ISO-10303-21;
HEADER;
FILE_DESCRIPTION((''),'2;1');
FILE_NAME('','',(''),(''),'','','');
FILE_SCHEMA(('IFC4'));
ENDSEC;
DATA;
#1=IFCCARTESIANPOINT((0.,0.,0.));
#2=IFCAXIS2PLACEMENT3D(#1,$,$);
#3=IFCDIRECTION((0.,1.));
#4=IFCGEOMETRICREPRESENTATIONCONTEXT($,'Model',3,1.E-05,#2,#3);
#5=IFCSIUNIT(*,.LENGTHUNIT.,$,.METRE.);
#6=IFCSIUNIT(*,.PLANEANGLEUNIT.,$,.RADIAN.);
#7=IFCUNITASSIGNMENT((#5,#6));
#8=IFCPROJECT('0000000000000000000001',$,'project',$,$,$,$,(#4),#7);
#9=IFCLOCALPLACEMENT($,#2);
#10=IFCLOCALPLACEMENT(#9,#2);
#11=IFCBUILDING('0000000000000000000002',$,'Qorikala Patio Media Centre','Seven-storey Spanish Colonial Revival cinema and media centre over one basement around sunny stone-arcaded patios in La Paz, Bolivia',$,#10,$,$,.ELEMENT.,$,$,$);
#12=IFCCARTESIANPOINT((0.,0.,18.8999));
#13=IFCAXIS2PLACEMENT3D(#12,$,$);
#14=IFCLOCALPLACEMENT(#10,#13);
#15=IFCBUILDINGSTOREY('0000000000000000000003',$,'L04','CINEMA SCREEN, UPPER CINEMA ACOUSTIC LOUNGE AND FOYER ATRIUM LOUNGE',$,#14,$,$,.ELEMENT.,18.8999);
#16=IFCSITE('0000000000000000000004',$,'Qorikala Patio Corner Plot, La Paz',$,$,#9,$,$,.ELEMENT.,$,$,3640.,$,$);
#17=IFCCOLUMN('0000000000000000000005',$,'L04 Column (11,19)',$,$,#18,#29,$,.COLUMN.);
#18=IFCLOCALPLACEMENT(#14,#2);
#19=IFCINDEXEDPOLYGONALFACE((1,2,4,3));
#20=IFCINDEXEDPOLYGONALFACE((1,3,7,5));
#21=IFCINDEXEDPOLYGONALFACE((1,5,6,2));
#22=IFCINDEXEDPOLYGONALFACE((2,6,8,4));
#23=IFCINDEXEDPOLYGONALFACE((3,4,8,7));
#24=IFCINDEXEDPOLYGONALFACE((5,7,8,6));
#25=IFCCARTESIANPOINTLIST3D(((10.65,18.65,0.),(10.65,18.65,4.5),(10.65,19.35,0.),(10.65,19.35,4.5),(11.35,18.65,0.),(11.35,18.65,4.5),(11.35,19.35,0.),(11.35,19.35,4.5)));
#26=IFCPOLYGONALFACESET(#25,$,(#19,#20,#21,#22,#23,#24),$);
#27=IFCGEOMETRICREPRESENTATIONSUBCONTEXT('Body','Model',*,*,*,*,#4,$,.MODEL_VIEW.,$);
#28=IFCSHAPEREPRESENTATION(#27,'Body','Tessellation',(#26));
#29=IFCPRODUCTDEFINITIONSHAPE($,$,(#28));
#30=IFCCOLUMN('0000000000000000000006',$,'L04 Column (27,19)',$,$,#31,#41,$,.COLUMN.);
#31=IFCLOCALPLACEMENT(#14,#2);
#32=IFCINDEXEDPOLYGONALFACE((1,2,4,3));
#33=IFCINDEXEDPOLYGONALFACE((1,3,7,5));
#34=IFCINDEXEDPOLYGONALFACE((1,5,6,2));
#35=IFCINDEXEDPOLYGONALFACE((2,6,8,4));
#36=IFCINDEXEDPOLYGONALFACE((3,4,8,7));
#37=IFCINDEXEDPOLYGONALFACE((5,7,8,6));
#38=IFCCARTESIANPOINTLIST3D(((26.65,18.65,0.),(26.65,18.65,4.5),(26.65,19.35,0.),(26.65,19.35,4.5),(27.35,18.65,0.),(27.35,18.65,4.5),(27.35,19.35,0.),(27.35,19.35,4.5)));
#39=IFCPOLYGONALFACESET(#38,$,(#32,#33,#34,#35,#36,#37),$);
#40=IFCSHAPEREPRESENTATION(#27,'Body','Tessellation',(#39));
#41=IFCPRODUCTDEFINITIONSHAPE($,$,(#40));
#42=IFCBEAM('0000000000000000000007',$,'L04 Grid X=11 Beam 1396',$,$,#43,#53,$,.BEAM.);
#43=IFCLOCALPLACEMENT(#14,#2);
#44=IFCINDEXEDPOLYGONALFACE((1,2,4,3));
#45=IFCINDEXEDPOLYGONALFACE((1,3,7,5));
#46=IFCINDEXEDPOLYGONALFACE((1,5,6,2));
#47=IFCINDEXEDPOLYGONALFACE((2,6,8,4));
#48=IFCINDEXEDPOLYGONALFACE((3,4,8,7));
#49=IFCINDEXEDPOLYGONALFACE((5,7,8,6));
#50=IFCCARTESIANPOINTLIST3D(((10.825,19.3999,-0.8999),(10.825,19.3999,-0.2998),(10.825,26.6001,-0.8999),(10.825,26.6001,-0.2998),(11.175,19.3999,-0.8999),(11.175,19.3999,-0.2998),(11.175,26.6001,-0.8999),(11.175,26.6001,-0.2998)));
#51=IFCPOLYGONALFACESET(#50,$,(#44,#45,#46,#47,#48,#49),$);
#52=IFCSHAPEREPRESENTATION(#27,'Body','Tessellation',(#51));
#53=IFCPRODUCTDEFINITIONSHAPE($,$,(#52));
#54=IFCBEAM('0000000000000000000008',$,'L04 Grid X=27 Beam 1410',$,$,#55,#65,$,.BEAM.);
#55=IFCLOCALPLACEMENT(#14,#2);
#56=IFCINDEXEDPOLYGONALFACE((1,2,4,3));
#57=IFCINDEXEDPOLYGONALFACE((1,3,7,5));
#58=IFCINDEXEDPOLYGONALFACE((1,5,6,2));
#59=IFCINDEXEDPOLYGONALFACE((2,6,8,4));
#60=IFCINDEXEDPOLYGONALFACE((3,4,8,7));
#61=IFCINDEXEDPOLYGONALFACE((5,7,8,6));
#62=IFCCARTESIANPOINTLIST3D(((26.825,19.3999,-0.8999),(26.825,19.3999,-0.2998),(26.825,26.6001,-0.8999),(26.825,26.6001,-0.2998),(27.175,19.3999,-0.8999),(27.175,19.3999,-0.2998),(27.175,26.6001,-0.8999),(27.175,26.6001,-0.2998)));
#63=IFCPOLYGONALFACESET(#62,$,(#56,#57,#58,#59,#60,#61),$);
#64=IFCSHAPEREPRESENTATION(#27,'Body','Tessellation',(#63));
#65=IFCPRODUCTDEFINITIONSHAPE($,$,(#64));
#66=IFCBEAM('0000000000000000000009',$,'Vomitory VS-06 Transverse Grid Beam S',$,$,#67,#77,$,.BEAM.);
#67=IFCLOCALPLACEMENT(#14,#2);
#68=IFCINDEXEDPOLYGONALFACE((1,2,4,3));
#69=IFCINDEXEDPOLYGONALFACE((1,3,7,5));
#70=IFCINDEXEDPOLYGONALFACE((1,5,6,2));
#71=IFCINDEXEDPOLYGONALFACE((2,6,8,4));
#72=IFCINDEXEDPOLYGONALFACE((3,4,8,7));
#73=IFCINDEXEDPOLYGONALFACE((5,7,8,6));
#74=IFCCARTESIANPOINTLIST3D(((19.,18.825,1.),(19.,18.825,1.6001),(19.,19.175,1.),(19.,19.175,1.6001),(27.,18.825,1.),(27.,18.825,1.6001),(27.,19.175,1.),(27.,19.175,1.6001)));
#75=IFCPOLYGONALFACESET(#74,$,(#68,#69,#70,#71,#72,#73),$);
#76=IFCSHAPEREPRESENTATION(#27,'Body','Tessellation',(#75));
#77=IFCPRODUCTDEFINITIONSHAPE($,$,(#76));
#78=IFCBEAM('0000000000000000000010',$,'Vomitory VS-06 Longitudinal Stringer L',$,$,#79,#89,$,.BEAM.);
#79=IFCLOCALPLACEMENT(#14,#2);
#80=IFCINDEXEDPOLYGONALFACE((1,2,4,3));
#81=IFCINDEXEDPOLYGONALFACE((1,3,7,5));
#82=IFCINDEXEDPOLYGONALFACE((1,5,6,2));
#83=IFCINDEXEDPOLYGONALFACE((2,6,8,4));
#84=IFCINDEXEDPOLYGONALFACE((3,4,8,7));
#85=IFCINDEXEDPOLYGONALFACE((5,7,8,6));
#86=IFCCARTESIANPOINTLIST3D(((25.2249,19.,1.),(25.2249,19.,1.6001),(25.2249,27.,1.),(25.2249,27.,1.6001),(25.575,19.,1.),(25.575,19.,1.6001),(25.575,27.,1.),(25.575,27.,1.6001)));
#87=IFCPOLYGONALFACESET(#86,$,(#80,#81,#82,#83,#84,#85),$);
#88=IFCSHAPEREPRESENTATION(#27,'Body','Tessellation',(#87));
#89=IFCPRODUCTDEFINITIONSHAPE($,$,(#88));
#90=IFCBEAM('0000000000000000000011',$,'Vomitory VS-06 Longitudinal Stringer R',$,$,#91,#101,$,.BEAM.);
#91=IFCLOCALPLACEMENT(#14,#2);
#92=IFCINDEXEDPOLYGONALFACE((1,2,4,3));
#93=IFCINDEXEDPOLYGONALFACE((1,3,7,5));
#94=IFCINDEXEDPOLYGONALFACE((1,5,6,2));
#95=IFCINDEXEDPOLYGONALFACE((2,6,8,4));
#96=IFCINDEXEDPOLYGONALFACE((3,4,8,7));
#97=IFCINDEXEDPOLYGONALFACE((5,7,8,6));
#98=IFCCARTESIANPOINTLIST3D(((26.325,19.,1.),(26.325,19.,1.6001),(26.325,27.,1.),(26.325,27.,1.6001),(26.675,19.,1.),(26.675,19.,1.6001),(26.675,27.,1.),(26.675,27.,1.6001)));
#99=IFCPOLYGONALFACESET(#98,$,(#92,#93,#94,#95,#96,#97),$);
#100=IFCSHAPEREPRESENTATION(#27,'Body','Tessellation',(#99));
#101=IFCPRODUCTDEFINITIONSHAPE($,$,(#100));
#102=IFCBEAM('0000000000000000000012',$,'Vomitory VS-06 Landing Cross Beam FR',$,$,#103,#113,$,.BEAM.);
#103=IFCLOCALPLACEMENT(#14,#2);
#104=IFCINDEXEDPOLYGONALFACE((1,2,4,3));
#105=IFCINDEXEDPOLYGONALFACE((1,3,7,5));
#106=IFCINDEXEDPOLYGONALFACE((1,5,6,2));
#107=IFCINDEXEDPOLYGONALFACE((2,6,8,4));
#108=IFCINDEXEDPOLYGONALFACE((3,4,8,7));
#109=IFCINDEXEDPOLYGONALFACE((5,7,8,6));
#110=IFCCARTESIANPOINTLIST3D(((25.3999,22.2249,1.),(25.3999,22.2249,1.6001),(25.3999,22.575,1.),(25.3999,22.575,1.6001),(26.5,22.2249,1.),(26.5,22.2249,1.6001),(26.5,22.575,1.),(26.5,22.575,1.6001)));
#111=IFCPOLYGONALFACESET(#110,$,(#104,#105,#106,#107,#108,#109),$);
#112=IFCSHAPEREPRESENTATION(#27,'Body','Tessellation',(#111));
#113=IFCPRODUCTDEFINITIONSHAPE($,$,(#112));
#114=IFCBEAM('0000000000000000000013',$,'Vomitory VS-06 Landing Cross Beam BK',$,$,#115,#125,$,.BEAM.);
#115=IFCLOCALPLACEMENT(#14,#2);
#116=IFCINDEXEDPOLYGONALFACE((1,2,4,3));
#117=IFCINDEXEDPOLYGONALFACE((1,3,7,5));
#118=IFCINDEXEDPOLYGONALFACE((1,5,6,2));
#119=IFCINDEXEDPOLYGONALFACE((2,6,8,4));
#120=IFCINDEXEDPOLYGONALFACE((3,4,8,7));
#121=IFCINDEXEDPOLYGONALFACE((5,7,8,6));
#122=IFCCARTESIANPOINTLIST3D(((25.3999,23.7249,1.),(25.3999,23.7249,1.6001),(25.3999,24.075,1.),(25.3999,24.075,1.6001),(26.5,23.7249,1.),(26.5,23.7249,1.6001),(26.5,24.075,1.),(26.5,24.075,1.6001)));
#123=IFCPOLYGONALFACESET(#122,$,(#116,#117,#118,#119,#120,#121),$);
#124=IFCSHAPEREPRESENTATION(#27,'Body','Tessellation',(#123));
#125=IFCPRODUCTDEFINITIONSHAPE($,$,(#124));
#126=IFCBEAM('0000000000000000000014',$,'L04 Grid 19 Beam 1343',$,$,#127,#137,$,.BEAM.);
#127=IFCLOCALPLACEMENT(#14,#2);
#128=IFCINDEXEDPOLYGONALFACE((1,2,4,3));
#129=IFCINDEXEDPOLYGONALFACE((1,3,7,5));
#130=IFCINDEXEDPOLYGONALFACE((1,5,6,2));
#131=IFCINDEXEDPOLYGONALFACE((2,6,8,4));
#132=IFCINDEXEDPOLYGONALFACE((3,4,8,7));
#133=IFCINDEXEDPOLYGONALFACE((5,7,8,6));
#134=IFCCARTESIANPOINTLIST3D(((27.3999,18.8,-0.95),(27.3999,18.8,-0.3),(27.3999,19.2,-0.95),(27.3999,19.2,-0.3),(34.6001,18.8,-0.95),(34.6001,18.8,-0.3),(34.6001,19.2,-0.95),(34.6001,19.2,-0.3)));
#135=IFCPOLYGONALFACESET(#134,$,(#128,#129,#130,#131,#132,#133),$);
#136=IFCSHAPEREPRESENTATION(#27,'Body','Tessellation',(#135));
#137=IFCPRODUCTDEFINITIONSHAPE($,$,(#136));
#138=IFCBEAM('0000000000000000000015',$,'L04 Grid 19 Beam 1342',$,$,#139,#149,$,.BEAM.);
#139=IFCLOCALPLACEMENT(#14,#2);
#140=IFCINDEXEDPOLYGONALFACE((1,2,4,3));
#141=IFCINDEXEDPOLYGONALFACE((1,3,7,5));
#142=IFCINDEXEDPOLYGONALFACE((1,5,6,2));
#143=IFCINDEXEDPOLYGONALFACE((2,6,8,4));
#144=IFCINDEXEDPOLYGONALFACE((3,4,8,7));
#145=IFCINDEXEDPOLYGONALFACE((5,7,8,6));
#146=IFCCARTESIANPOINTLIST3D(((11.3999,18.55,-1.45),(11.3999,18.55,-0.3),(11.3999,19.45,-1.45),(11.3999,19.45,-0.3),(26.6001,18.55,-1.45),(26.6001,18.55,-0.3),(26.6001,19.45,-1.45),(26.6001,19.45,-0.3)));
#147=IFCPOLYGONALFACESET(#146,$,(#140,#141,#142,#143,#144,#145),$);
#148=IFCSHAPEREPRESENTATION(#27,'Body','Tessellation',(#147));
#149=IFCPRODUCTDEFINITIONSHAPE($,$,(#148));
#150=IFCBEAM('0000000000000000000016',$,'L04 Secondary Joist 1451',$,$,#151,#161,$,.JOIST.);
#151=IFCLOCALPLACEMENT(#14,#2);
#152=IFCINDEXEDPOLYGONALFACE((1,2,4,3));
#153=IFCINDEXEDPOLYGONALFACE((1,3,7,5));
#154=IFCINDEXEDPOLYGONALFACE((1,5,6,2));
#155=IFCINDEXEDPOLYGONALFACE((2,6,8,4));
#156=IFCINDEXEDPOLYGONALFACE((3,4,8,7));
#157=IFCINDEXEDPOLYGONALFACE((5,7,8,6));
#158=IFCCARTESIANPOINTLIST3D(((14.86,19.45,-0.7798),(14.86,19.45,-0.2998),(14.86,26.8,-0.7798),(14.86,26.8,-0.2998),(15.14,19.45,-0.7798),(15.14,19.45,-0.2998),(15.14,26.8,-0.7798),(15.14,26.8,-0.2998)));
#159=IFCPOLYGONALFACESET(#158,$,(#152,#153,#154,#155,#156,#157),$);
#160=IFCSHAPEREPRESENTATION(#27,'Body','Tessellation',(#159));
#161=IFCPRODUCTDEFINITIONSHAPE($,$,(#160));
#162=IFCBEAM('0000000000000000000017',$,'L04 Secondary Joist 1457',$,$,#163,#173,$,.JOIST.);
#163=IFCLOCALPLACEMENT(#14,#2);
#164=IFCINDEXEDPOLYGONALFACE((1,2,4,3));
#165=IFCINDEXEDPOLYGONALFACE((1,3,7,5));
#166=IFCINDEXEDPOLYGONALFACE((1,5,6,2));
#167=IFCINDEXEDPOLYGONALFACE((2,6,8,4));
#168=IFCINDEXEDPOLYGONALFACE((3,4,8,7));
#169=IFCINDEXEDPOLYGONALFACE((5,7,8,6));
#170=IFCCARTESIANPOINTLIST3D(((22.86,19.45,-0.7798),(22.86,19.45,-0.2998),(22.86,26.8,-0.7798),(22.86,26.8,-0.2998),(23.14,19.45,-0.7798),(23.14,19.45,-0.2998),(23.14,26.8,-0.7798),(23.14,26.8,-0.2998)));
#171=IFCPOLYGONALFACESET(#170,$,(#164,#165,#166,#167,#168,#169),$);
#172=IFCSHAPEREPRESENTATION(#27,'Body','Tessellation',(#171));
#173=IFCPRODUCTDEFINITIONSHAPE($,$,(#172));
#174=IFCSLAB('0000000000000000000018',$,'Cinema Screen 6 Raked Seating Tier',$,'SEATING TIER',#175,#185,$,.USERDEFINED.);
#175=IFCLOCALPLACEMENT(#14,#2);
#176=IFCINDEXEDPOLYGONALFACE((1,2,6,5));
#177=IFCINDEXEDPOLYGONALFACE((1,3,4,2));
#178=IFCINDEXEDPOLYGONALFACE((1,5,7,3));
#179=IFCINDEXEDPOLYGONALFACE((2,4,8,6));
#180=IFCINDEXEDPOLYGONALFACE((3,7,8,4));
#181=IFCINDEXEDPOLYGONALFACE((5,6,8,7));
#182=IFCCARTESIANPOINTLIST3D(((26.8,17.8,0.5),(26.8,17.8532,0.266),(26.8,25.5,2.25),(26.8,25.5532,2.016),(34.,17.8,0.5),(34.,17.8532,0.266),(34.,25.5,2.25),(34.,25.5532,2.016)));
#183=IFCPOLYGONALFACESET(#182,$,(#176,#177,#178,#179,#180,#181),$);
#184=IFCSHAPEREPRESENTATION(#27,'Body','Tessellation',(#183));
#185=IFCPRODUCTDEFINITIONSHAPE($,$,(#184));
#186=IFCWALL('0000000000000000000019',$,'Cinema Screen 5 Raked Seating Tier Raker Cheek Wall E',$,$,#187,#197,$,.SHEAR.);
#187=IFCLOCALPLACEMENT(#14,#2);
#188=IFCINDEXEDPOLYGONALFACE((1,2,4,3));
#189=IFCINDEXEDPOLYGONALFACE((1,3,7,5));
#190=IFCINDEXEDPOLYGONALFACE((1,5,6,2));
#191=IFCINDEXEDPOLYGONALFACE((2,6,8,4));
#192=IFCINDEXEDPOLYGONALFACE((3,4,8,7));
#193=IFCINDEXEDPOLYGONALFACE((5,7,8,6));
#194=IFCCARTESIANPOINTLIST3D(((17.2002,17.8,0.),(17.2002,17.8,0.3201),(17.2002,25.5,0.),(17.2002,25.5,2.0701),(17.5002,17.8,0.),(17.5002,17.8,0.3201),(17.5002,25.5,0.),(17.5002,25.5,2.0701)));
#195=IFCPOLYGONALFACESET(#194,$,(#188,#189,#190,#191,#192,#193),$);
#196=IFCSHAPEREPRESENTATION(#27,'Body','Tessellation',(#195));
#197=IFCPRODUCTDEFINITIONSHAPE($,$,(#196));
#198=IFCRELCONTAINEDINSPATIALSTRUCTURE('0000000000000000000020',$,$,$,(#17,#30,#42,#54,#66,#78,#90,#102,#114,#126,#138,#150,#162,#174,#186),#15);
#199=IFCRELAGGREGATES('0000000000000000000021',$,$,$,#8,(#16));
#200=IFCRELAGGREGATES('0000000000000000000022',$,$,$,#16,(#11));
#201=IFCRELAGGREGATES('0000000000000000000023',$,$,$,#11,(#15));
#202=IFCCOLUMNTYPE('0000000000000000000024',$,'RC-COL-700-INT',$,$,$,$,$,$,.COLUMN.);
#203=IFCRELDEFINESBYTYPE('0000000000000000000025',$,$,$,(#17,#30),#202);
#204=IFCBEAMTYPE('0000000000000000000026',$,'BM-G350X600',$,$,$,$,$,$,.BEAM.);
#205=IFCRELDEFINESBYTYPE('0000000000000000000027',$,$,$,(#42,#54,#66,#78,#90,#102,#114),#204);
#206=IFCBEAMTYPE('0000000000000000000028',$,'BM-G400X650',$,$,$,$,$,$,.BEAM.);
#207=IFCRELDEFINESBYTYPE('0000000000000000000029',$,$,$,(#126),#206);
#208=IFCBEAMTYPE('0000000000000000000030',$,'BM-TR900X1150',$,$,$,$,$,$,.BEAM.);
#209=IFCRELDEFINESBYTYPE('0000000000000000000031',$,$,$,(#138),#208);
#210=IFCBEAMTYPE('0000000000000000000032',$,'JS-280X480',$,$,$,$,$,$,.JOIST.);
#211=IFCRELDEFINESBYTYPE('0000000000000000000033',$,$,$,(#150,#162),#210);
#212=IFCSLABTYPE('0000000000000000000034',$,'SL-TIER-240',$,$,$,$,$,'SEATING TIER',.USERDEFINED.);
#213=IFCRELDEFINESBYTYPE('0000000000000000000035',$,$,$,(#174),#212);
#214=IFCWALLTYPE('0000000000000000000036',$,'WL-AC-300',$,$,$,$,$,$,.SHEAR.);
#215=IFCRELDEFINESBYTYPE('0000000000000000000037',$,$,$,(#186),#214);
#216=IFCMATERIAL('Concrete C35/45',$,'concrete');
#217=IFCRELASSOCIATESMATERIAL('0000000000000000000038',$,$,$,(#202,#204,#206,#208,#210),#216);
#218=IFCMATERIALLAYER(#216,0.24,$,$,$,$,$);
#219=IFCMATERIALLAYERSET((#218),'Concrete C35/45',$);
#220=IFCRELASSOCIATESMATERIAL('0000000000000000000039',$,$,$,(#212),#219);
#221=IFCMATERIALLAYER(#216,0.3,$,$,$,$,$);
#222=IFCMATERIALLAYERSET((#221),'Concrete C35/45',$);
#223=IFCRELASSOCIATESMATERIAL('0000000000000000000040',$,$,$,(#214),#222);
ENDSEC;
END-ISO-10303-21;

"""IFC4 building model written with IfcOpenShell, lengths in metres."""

from ifc_helpers import new_model, si_unit, direction, frame, origin, origin_2d, place, context, subcontext, project, spatial, polyline, rectangle, outline, extrude, material, layer, layer_set, material_profile, profile_set, type_object, element, save


model = new_model("IFC4")

# Units and contexts
model_context = context("Model", 3, precision=1e-05, world=origin(), true_north=direction((0.0, 1.0)))
body_context = subcontext(model_context, "Body", "Model", "MODEL_VIEW")
ifc_project = project(units=[si_unit("LENGTHUNIT", "METRE"), si_unit("PLANEANGLEUNIT", "RADIAN")], contexts=[model_context])

# Site, building, storey
site_placement = place(None, origin())
site = spatial("IfcSite", under=ifc_project, at=site_placement, Name="Qorikala Patio Corner Plot, La Paz", CompositionType="ELEMENT", RefElevation=3640.0)
building_placement = place(site_placement, origin())
building = spatial("IfcBuilding", under=site, at=building_placement, Name="Qorikala Patio Media Centre", Description="Seven-storey Spanish Colonial Revival cinema and media centre over one basement around sunny stone-arcaded patios in La Paz, Bolivia", CompositionType="ELEMENT")
storey_placement = place(building_placement, frame((0.0, 0.0, 18.8999)))
storey = spatial("IfcBuildingStorey", under=building, at=storey_placement, Name="L04", Description="CINEMA SCREEN, UPPER CINEMA ACOUSTIC LOUNGE AND FOYER ATRIUM LOUNGE", CompositionType="ELEMENT", Elevation=18.8999)

# Columns
ifc_material_1 = material(Name="Concrete C35/45", Category="concrete")
ifc_material_profile_1 = material_profile(ifc_material_1, rectangle(XDim=0.7, YDim=0.7, at=origin_2d()), Name="RC 700x700")
ifc_profile_set_1 = profile_set([ifc_material_profile_1], Name="Concrete C35/45")
column_type = type_object("IfcColumnType", Name="RC-COL-700-INT", PredefinedType="COLUMN", material=ifc_profile_set_1)
for number, where, z_axis, x_axis, name in (
    (1, (11.0, 19.0, 0.0), (0.0, 0.0, 1.0), (1.0, 0.0, 0.0), "L04 Column (11,19)"),
    (2, (27.0, 19.0, 0.0), (0.0, 0.0, 1.0), (1.0, 0.0, 0.0), "L04 Column (27,19)"),
):
    element("IfcColumn", number, at=place(storey_placement, frame(where, z_axis=z_axis, x_axis=x_axis)), inside=storey, type_object=column_type, Name=name, PredefinedType="COLUMN", context=body_context, shape_type="SweptSolid", body=[
        extrude(rectangle(XDim=0.7, YDim=0.7, at=origin_2d()), origin(), (0.0, 0.0, 1.0), 4.5),
    ])

# Beams
ifc_material_profile_2 = material_profile(ifc_material_1, rectangle(XDim=0.3501, YDim=0.6001, at=origin_2d()), Name="RC 350x600")
ifc_profile_set_2 = profile_set([ifc_material_profile_2], Name="Concrete C35/45")
beam_type_1 = type_object("IfcBeamType", Name="BM-G350X600", PredefinedType="BEAM", material=ifc_profile_set_2)
for number, where, z_axis, x_axis, name in (
    (3, (11.0, 19.3999, -0.5999), (0.0, 1.0, 0.0), (-1.0, 0.0, 0.0), "L04 Grid X=11 Beam 1396"),
    (4, (27.0, 19.3999, -0.5999), (0.0, 1.0, 0.0), (-1.0, 0.0, 0.0), "L04 Grid X=27 Beam 1410"),
):
    element("IfcBeam", number, at=place(storey_placement, frame(where, z_axis=z_axis, x_axis=x_axis)), inside=storey, type_object=beam_type_1, Name=name, PredefinedType="BEAM", context=body_context, shape_type="SweptSolid", body=[
        extrude(rectangle(XDim=0.3501, YDim=0.6001, at=origin_2d()), origin(), (0.0, 0.0, 1.0), 7.2002),
    ])
for number, where, z_axis, x_axis, name in (
    (5, (19.0, 19.0, 1.3), (1.0, 0.0, 0.0), (0.0, 1.0, 0.0), "Vomitory VS-06 Transverse Grid Beam S"),
    (6, (25.3999, 19.0, 1.3), (0.0, 1.0, 0.0), (-1.0, 0.0, 0.0), "Vomitory VS-06 Longitudinal Stringer L"),
    (7, (26.5, 19.0, 1.3), (0.0, 1.0, 0.0), (-1.0, 0.0, 0.0), "Vomitory VS-06 Longitudinal Stringer R"),
):
    element("IfcBeam", number, at=place(storey_placement, frame(where, z_axis=z_axis, x_axis=x_axis)), inside=storey, type_object=beam_type_1, Name=name, PredefinedType="BEAM", context=body_context, shape_type="SweptSolid", body=[
        extrude(rectangle(XDim=0.3501, YDim=0.6001, at=origin_2d()), origin(), (0.0, 0.0, 1.0), 8.0),
    ])
for number, where, z_axis, x_axis, name in (
    (8, (25.3999, 22.3999, 1.3), (1.0, 0.0, 0.0), (0.0, 1.0, 0.0), "Vomitory VS-06 Landing Cross Beam FR"),
    (9, (25.3999, 23.8999, 1.3), (1.0, 0.0, 0.0), (0.0, 1.0, 0.0), "Vomitory VS-06 Landing Cross Beam BK"),
):
    element("IfcBeam", number, at=place(storey_placement, frame(where, z_axis=z_axis, x_axis=x_axis)), inside=storey, type_object=beam_type_1, Name=name, PredefinedType="BEAM", context=body_context, shape_type="SweptSolid", body=[
        extrude(rectangle(XDim=0.3501, YDim=0.6001, at=origin_2d()), origin(), (0.0, 0.0, 1.0), 1.1001),
    ])
ifc_material_profile_3 = material_profile(ifc_material_1, rectangle(XDim=0.3999, YDim=0.6499, at=origin_2d()), Name="RC 400x650")
ifc_profile_set_3 = profile_set([ifc_material_profile_3], Name="Concrete C35/45")
beam_type_2 = type_object("IfcBeamType", Name="BM-G400X650", PredefinedType="BEAM", material=ifc_profile_set_3)
beam_1_placement = place(storey_placement, frame((27.3999, 19.0, -0.625), z_axis=(1.0, 0.0, 0.0), x_axis=(0.0, 1.0, 0.0)))
element("IfcBeam", 10, at=beam_1_placement, inside=storey, type_object=beam_type_2, Name="L04 Grid 19 Beam 1343", PredefinedType="BEAM", context=body_context, shape_type="SweptSolid", body=[
    extrude(rectangle(XDim=0.3999, YDim=0.6499, at=origin_2d()), origin(), (0.0, 0.0, 1.0), 7.2002),
])
ifc_material_profile_4 = material_profile(ifc_material_1, rectangle(XDim=0.8999, YDim=1.1499, at=origin_2d()), Name="RC 900x1150")
ifc_profile_set_4 = profile_set([ifc_material_profile_4], Name="Concrete C35/45")
beam_type_3 = type_object("IfcBeamType", Name="BM-TR900X1150", PredefinedType="BEAM", material=ifc_profile_set_4)
beam_2_placement = place(storey_placement, frame((11.3999, 19.0, -0.875), z_axis=(1.0, 0.0, 0.0), x_axis=(0.0, 1.0, 0.0)))
element("IfcBeam", 11, at=beam_2_placement, inside=storey, type_object=beam_type_3, Name="L04 Grid 19 Beam 1342", PredefinedType="BEAM", context=body_context, shape_type="SweptSolid", body=[
    extrude(rectangle(XDim=0.8999, YDim=1.1499, at=origin_2d()), origin(), (0.0, 0.0, 1.0), 15.2002),
])
ifc_material_profile_5 = material_profile(ifc_material_1, rectangle(XDim=0.28, YDim=0.48, at=origin_2d()), Name="RC 280x480")
ifc_profile_set_5 = profile_set([ifc_material_profile_5], Name="Concrete C35/45")
beam_type_4 = type_object("IfcBeamType", Name="JS-280X480", PredefinedType="JOIST", material=ifc_profile_set_5)
for number, where, z_axis, x_axis, name in (
    (12, (15.0, 19.45, -0.5398), (0.0, 1.0, 0.0), (-1.0, 0.0, 0.0), "L04 Secondary Joist 1451"),
    (13, (23.0, 19.45, -0.5398), (0.0, 1.0, 0.0), (-1.0, 0.0, 0.0), "L04 Secondary Joist 1457"),
):
    element("IfcBeam", number, at=place(storey_placement, frame(where, z_axis=z_axis, x_axis=x_axis)), inside=storey, type_object=beam_type_4, Name=name, PredefinedType="JOIST", context=body_context, shape_type="SweptSolid", body=[
        extrude(rectangle(XDim=0.28, YDim=0.48, at=origin_2d()), origin(), (0.0, 0.0, 1.0), 7.3501),
    ])

# Slab
ifc_layer_1 = layer(ifc_material_1, 0.24)
ifc_layer_set_1 = layer_set([ifc_layer_1], Name="Concrete C35/45")
slab_type = type_object("IfcSlabType", Name="SL-TIER-240", ElementType="SEATING TIER", PredefinedType="USERDEFINED", material=ifc_layer_set_1)
slab_placement = place(storey_placement, frame((26.8, 17.8, 0.5), z_axis=(0.0, -0.221622, 0.975133), x_axis=(1.0, 0.0, 0.0)))
element("IfcSlab", 14, at=slab_placement, inside=storey, type_object=slab_type, Name="Cinema Screen 6 Raked Seating Tier", ObjectType="SEATING TIER", PredefinedType="USERDEFINED", context=body_context, shape_type="SweptSolid", body=[
    extrude(outline(polyline([(0.0, 0.0), (7.2, 0.0), (7.2, 7.8963), (0.0, 7.8963), (0.0, 0.0)])), origin(), (0.0, 0.0, -1.0), 0.24),
])

# Wall
ifc_layer_2 = layer(ifc_material_1, 0.3)
ifc_layer_set_2 = layer_set([ifc_layer_2], Name="Concrete C35/45")
wall_type_1 = type_object("IfcWallType", Name="WL-AC-300", PredefinedType="SHEAR", material=ifc_layer_set_2)
wall_1_placement = place(storey_placement, frame((17.3501, 17.8, 0.0), z_axis=(0.0, 0.0, 1.0), x_axis=(0.0, 1.0, 0.0)))
element("IfcWall", 15, at=wall_1_placement, inside=storey, type_object=wall_type_1, Name="Cinema Screen 5 Raked Seating Tier Raker Cheek Wall E", PredefinedType="SHEAR", context=body_context, shape_type="SweptSolid", body=[
    extrude(outline(polyline([(0.0, 0.0), (7.7, 0.0), (7.7, 2.0701), (0.0, 0.3201), (0.0, 0.0)])), frame((0.0, 0.1499, 0.0), z_axis=(0.0, -1.0, 0.0), x_axis=(1.0, 0.0, 0.0)), (0.0, 0.0, 1.0), 0.3),
])

save(model, "model.ifc")
